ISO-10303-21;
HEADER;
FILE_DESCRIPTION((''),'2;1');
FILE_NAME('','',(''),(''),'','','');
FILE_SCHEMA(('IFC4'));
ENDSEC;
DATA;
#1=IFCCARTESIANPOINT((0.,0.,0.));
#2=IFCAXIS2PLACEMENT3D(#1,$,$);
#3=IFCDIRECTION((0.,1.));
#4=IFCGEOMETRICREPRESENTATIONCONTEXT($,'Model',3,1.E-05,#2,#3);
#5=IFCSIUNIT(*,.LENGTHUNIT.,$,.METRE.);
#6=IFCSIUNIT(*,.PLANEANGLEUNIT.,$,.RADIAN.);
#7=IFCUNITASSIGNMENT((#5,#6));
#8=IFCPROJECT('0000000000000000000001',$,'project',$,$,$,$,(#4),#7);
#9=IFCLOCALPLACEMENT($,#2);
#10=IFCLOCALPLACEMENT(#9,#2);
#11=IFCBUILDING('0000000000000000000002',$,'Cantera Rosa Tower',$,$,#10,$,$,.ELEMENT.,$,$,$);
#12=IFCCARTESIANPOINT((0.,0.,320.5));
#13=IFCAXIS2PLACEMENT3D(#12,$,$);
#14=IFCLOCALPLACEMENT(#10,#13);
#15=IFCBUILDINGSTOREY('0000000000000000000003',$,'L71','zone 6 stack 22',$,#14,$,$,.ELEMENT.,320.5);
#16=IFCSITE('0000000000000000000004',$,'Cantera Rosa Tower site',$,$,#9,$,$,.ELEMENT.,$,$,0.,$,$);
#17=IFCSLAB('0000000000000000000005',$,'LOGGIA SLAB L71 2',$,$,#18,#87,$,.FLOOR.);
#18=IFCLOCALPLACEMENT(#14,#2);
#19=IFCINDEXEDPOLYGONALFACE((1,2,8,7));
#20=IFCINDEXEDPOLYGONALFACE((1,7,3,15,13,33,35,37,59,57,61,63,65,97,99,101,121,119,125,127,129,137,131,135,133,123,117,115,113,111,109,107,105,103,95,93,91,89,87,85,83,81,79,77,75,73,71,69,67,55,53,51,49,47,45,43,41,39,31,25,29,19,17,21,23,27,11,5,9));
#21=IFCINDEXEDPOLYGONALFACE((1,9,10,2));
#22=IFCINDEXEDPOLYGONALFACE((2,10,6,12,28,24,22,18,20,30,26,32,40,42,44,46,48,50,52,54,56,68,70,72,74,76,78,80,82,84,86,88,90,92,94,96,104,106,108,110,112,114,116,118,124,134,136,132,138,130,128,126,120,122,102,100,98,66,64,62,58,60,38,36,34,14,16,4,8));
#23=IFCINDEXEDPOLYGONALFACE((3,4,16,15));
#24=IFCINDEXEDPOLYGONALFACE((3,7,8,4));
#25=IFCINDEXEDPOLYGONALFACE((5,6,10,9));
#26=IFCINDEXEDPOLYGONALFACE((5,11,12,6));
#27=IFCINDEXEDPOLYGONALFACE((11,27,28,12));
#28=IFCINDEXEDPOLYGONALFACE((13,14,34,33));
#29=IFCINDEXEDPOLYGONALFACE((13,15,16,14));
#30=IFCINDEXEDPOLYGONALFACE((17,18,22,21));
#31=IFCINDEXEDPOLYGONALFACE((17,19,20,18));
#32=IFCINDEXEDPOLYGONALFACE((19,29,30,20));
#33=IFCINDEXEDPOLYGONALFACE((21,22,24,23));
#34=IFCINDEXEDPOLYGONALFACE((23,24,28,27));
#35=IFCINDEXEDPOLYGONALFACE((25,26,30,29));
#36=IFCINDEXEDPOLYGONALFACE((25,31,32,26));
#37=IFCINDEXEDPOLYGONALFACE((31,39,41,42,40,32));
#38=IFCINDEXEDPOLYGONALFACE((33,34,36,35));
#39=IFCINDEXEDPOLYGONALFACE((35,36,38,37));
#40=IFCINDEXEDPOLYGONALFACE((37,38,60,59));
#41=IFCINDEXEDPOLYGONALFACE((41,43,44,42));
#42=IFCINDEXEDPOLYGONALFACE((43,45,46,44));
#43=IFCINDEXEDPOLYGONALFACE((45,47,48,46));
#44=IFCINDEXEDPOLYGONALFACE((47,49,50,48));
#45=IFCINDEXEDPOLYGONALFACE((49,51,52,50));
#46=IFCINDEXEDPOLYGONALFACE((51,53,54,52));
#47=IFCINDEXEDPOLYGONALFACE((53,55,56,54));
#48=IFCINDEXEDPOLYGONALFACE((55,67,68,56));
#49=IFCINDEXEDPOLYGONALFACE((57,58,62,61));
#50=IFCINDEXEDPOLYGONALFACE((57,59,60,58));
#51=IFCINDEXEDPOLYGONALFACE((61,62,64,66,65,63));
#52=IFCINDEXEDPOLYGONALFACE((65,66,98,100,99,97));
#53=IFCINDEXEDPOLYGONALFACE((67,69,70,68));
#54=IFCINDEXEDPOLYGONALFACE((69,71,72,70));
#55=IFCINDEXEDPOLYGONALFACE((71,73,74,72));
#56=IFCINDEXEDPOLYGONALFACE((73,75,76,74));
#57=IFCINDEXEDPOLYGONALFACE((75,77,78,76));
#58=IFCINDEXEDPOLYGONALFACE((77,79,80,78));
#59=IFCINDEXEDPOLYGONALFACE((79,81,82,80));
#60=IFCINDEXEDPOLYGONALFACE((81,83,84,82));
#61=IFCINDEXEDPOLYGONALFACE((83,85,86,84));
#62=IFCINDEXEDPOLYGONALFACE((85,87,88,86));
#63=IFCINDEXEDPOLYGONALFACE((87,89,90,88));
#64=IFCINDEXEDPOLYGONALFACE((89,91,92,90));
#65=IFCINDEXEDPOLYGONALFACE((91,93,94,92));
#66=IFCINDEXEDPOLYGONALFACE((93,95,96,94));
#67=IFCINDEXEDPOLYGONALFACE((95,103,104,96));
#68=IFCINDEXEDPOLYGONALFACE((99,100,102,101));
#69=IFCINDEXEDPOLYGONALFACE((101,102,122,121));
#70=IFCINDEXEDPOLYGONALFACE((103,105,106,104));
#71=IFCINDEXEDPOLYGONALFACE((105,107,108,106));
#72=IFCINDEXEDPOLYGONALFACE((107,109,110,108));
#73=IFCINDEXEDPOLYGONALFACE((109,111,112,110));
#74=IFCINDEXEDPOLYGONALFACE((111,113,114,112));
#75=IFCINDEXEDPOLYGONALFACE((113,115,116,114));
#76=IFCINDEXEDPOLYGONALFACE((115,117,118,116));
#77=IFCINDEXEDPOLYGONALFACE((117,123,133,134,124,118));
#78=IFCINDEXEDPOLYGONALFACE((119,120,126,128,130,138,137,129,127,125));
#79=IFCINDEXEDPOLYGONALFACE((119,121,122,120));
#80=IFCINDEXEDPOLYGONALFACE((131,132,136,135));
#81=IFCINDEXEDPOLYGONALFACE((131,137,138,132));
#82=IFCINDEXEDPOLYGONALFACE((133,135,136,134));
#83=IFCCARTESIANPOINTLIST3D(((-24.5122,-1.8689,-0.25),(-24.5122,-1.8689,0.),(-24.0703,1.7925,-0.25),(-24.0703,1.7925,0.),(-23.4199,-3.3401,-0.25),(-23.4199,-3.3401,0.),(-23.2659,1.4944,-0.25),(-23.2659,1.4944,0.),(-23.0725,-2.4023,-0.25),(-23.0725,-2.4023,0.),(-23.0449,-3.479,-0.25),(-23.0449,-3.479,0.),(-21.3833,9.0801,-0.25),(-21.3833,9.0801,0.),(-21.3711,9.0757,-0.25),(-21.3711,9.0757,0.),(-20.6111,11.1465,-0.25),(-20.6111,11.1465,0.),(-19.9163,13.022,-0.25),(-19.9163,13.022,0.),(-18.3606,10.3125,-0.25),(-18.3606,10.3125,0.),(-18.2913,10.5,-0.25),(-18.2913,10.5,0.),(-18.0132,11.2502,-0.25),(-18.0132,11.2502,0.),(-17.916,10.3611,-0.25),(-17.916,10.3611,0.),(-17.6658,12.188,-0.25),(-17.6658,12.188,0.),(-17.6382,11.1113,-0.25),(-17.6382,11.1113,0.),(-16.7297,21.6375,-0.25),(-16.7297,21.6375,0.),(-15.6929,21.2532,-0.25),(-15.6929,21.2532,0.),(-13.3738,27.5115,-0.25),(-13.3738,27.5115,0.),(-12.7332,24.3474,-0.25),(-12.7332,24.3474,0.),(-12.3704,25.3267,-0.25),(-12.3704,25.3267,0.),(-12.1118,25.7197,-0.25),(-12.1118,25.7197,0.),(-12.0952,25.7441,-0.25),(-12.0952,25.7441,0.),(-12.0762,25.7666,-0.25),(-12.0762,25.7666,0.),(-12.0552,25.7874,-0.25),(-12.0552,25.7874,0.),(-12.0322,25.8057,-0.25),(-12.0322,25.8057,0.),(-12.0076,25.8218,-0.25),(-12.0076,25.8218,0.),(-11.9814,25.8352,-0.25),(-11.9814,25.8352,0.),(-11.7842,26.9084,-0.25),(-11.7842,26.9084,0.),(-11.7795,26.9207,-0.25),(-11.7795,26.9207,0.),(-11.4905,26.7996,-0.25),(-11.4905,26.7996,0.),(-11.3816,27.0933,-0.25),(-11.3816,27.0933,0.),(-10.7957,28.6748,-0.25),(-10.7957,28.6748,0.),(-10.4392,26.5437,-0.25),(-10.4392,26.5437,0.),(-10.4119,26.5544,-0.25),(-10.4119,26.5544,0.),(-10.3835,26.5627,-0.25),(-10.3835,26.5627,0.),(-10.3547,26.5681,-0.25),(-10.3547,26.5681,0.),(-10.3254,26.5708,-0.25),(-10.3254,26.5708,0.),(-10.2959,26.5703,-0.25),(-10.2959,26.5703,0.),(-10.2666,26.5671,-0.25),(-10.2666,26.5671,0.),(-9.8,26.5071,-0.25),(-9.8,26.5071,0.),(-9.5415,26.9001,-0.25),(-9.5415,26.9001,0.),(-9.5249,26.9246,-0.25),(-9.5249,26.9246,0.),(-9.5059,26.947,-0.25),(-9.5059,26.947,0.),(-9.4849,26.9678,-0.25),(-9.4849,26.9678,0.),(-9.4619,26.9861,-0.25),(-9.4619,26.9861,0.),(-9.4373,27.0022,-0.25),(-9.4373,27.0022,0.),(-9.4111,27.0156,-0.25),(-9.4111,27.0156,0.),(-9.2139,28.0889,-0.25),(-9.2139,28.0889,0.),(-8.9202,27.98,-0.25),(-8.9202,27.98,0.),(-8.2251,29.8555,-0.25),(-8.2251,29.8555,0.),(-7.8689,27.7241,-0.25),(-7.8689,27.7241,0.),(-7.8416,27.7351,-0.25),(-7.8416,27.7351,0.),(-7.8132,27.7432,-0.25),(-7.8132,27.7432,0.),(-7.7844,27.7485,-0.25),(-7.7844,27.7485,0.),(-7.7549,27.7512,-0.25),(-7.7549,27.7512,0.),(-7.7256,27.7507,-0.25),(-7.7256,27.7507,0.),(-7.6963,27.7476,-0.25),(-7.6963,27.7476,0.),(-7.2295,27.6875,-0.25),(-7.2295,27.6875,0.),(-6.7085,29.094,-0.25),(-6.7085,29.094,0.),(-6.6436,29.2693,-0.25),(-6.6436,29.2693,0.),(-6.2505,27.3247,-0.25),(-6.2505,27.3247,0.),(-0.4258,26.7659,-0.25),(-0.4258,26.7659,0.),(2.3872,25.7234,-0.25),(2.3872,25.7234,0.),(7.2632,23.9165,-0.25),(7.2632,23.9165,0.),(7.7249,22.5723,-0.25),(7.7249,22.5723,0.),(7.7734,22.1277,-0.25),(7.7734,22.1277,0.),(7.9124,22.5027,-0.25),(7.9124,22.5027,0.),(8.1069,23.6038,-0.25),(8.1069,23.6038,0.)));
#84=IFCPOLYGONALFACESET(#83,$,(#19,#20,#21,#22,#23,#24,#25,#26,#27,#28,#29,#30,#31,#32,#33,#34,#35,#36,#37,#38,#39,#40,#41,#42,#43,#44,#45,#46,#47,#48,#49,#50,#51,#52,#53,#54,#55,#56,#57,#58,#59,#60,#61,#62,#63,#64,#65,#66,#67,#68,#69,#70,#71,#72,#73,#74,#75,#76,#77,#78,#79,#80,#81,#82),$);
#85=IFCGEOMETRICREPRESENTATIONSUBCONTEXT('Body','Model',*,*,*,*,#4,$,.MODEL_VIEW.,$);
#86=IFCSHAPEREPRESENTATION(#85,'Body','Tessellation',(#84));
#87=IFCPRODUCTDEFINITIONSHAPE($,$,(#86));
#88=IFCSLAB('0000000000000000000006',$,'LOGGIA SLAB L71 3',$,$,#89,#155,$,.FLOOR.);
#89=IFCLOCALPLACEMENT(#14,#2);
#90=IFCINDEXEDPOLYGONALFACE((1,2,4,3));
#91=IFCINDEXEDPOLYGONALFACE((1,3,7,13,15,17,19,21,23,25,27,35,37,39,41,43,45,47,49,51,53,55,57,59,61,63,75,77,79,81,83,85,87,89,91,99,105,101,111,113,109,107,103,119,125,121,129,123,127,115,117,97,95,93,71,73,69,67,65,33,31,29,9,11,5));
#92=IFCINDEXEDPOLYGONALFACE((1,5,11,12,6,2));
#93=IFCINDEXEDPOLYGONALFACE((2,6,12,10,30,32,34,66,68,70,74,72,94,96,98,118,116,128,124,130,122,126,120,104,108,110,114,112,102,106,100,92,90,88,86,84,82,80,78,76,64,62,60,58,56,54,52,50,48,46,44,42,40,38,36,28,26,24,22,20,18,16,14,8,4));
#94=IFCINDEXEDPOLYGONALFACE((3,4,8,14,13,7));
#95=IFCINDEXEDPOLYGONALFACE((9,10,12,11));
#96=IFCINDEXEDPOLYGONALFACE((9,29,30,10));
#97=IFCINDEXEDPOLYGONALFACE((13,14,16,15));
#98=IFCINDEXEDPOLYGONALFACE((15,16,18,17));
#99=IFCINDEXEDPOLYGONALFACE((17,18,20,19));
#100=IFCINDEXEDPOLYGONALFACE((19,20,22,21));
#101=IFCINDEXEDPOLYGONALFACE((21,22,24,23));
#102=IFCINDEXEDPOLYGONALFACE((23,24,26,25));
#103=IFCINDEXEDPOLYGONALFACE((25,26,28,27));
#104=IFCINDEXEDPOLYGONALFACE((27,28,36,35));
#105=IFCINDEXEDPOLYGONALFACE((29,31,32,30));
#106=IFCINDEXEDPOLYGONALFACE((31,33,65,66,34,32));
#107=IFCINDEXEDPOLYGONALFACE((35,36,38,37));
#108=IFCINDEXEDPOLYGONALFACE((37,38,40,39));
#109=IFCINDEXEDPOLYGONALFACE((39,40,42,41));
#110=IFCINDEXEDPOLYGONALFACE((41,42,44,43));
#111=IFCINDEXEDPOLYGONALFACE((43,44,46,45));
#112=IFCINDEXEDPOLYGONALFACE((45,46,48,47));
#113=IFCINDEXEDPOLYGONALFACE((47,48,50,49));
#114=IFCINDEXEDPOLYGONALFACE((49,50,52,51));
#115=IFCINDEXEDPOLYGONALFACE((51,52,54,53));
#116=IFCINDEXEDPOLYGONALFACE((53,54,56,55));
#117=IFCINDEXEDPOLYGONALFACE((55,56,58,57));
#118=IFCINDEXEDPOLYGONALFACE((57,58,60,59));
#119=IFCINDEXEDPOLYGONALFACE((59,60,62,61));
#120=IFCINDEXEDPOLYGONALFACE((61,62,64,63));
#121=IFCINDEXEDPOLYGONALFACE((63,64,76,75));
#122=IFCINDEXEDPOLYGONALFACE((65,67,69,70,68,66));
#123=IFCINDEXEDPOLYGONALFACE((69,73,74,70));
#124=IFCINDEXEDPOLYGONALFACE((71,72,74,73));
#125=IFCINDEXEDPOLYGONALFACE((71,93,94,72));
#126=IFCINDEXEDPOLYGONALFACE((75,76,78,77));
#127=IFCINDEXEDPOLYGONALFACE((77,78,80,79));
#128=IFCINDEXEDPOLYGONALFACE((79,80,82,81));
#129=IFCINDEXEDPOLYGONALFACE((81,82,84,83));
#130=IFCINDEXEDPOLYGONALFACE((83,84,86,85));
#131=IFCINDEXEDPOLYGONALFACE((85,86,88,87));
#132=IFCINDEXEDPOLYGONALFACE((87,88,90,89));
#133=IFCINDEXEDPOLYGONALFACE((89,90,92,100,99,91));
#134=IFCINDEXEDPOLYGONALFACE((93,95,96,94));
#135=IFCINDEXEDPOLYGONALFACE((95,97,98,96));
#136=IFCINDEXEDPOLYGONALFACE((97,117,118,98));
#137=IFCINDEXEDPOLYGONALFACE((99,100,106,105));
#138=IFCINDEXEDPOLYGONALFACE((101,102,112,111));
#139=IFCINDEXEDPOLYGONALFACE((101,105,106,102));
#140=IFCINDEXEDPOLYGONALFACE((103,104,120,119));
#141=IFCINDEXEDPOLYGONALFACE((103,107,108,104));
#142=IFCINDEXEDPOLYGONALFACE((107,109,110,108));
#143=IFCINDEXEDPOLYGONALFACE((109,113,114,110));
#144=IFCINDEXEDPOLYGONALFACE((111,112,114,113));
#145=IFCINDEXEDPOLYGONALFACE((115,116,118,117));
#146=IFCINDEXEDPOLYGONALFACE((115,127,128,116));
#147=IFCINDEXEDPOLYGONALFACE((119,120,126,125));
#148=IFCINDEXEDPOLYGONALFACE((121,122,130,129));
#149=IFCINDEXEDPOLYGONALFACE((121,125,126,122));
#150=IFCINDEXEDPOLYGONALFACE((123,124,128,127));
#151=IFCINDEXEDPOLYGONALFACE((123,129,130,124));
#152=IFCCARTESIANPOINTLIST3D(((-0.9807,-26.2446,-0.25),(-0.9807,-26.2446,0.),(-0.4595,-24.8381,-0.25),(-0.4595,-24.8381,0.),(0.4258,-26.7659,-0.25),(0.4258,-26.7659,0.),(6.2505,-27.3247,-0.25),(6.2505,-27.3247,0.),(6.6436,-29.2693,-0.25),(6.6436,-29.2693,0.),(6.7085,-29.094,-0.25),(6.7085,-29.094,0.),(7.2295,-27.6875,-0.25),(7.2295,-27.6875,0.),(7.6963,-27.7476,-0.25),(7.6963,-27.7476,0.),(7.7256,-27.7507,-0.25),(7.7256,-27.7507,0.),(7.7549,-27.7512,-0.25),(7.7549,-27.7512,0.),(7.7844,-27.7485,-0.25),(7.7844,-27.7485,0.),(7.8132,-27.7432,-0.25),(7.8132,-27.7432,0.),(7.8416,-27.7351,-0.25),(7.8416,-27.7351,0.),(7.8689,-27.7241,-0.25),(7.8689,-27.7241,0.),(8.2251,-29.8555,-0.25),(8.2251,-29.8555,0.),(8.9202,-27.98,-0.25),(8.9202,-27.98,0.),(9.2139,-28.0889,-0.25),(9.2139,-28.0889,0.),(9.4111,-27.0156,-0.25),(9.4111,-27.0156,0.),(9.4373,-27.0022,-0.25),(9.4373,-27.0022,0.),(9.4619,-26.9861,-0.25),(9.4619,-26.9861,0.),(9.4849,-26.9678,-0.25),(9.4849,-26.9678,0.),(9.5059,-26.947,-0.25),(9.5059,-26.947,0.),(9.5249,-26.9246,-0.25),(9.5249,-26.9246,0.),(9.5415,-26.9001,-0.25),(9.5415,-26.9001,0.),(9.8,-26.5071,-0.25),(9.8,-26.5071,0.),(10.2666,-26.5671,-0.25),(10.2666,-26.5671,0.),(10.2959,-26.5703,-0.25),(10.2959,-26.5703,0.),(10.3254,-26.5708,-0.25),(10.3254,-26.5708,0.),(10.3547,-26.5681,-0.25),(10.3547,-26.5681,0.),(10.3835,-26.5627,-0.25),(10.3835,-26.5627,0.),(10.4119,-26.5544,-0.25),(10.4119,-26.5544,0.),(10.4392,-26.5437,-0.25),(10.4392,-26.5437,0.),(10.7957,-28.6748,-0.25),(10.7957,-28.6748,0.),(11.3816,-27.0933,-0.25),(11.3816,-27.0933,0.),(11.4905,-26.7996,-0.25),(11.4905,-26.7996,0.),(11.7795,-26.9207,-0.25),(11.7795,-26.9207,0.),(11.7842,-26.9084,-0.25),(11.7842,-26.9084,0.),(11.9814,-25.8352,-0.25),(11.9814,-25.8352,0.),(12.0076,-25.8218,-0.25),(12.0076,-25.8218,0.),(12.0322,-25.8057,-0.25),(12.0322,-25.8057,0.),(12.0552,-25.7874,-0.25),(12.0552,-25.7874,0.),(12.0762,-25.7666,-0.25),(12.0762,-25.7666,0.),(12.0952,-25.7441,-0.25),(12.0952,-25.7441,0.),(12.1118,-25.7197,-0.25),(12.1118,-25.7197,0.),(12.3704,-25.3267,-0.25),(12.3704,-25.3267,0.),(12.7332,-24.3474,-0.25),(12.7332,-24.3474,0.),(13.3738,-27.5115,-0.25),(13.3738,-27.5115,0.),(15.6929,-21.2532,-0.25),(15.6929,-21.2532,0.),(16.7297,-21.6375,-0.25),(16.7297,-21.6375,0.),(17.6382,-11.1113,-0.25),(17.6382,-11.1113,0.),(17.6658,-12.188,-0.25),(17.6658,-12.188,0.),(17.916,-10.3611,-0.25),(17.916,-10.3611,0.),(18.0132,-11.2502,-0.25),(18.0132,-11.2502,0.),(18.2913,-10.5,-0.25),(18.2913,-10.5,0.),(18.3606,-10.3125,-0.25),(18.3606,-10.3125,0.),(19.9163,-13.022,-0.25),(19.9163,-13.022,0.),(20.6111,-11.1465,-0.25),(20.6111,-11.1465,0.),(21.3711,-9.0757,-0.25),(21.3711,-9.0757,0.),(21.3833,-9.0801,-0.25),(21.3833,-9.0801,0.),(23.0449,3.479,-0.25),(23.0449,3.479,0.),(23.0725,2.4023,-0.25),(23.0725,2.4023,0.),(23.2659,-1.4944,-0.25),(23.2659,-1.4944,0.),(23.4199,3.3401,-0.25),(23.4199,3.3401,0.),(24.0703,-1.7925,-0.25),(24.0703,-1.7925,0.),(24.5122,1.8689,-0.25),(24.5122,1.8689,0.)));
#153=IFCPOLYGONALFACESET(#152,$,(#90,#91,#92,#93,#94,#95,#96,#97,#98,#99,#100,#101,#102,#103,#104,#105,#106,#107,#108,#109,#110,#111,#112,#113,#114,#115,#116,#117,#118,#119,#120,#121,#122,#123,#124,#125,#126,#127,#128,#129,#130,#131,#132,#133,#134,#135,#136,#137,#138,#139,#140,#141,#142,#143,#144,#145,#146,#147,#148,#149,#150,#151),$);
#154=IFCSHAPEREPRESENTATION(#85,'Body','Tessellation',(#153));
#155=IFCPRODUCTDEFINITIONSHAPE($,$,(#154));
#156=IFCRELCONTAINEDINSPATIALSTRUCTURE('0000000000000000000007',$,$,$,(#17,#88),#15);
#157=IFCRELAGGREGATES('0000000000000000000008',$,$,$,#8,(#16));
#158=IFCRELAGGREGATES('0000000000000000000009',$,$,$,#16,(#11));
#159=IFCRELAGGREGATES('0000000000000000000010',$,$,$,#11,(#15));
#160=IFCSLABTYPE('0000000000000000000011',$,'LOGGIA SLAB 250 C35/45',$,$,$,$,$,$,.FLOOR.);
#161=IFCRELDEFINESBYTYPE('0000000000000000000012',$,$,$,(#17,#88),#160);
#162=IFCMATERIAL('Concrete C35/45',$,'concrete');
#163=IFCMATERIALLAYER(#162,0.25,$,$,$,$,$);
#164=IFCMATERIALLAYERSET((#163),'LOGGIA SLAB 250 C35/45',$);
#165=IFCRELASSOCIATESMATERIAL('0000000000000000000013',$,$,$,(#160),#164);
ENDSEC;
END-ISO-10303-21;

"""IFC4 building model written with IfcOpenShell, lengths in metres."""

from ifc_helpers import new_model, si_unit, direction, frame, origin, place, context, subcontext, project, spatial, polyline, outline, extrude, material, layer, layer_set, type_object, element, save


model = new_model("IFC4")

# Units and contexts
model_context = context("Model", 3, precision=1e-05, world=origin(), true_north=direction((0.0, 1.0)))
body_context = subcontext(model_context, "Body", "Model", "MODEL_VIEW")
ifc_project = project(units=[si_unit("LENGTHUNIT", "METRE"), si_unit("PLANEANGLEUNIT", "RADIAN")], contexts=[model_context])

# Site, building, storey
site_placement = place(None, origin())
site = spatial("IfcSite", under=ifc_project, at=site_placement, Name="Cantera Rosa Tower site", CompositionType="ELEMENT", RefElevation=0.0)
building_placement = place(site_placement, origin())
building = spatial("IfcBuilding", under=site, at=building_placement, Name="Cantera Rosa Tower", CompositionType="ELEMENT")
storey_placement = place(building_placement, frame((0.0, 0.0, 320.5)))
storey = spatial("IfcBuildingStorey", under=building, at=storey_placement, Name="L71", Description="zone 6 stack 22", CompositionType="ELEMENT", Elevation=320.5)

# Slabs
ifc_material_1 = material(Name="Concrete C35/45", Category="concrete")
ifc_layer_1 = layer(ifc_material_1, 0.25)
ifc_layer_set_1 = layer_set([ifc_layer_1], Name="LOGGIA SLAB 250 C35/45")
slab_type_1 = type_object("IfcSlabType", Name="LOGGIA SLAB 250 C35/45", PredefinedType="FLOOR", material=ifc_layer_set_1)
slab_1_placement = place(storey_placement, frame((0.0, 0.0, -0.25)))
element("IfcSlab", 1, at=slab_1_placement, inside=storey, type_object=slab_type_1, Name="LOGGIA SLAB L71 2", PredefinedType="FLOOR", context=body_context, shape_type="SweptSolid", body=[
    extrude(outline(polyline([(-21.3711, 9.0757), (-21.3833, 9.0801), (-16.7297, 21.6375), (-15.6929, 21.2532), (-13.3738, 27.5115), (-11.7795, 26.9207), (-11.7842, 26.9084), (-11.4905, 26.7996), (-11.3816, 27.0933), (-10.7957, 28.6748), (-9.2139, 28.0889), (-8.9202, 27.98), (-8.2251, 29.8555), (-6.6436, 29.2693), (-6.7085, 29.094), (-0.4258, 26.7659), (2.3872, 25.7234), (7.2632, 23.9165), (8.1069, 23.6038), (7.7249, 22.5723), (7.9124, 22.5027), (7.7734, 22.1277), (-6.2505, 27.3247), (-7.2295, 27.6875), (-7.6963, 27.7476), (-7.7256, 27.7507), (-7.7549, 27.7512), (-7.7844, 27.7485), (-7.8132, 27.7432), (-7.8416, 27.7351), (-7.8689, 27.7241), (-9.4111, 27.0156), (-9.4373, 27.0022), (-9.4619, 26.9861), (-9.4849, 26.9678), (-9.5059, 26.947), (-9.5249, 26.9246), (-9.5415, 26.9001), (-9.8, 26.5071), (-10.2666, 26.5671), (-10.2959, 26.5703), (-10.3254, 26.5708), (-10.3547, 26.5681), (-10.3835, 26.5627), (-10.4119, 26.5544), (-10.4392, 26.5437), (-11.9814, 25.8352), (-12.0076, 25.8218), (-12.0322, 25.8057), (-12.0552, 25.7874), (-12.0762, 25.7666), (-12.0952, 25.7441), (-12.1118, 25.7197), (-12.3704, 25.3267), (-12.7332, 24.3474), (-17.6382, 11.1113), (-18.0132, 11.2502), (-17.6658, 12.188), (-19.9163, 13.022), (-20.6111, 11.1465), (-18.3606, 10.3125), (-18.2913, 10.5), (-17.916, 10.3611), (-23.0449, -3.479), (-23.4199, -3.3401), (-23.0725, -2.4023), (-24.5122, -1.8689), (-23.2659, 1.4944), (-24.0703, 1.7925), (-21.3711, 9.0757)])), origin(), (0.0, 0.0, 1.0), 0.25),
])
slab_2_placement = place(storey_placement, frame((0.0, 0.0, -0.25)))
element("IfcSlab", 2, at=slab_2_placement, inside=storey, type_object=slab_type_1, Name="LOGGIA SLAB L71 3", PredefinedType="FLOOR", context=body_context, shape_type="SweptSolid", body=[
    extrude(outline(polyline([(13.3738, -27.5115), (11.7795, -26.9207), (11.7842, -26.9084), (11.4905, -26.7996), (11.3816, -27.0933), (10.7957, -28.6748), (9.2139, -28.0889), (8.9202, -27.98), (8.2251, -29.8555), (6.6436, -29.2693), (6.7085, -29.094), (0.4258, -26.7659), (-0.9807, -26.2446), (-0.4595, -24.8381), (6.2505, -27.3247), (7.2295, -27.6875), (7.6963, -27.7476), (7.7256, -27.7507), (7.7549, -27.7512), (7.7844, -27.7485), (7.8132, -27.7432), (7.8416, -27.7351), (7.8689, -27.7241), (9.4111, -27.0156), (9.4373, -27.0022), (9.4619, -26.9861), (9.4849, -26.9678), (9.5059, -26.947), (9.5249, -26.9246), (9.5415, -26.9001), (9.8, -26.5071), (10.2666, -26.5671), (10.2959, -26.5703), (10.3254, -26.5708), (10.3547, -26.5681), (10.3835, -26.5627), (10.4119, -26.5544), (10.4392, -26.5437), (11.9814, -25.8352), (12.0076, -25.8218), (12.0322, -25.8057), (12.0552, -25.7874), (12.0762, -25.7666), (12.0952, -25.7441), (12.1118, -25.7197), (12.3704, -25.3267), (12.7332, -24.3474), (17.6382, -11.1113), (18.0132, -11.2502), (17.6658, -12.188), (19.9163, -13.022), (20.6111, -11.1465), (18.3606, -10.3125), (18.2913, -10.5), (17.916, -10.3611), (23.0449, 3.479), (23.4199, 3.3401), (23.0725, 2.4023), (24.5122, 1.8689), (23.2659, -1.4944), (24.0703, -1.7925), (21.3711, -9.0757), (21.3833, -9.0801), (16.7297, -21.6375), (15.6929, -21.2532), (13.3738, -27.5115)])), origin(), (0.0, 0.0, 1.0), 0.25),
])

save(model, "model.ifc")
